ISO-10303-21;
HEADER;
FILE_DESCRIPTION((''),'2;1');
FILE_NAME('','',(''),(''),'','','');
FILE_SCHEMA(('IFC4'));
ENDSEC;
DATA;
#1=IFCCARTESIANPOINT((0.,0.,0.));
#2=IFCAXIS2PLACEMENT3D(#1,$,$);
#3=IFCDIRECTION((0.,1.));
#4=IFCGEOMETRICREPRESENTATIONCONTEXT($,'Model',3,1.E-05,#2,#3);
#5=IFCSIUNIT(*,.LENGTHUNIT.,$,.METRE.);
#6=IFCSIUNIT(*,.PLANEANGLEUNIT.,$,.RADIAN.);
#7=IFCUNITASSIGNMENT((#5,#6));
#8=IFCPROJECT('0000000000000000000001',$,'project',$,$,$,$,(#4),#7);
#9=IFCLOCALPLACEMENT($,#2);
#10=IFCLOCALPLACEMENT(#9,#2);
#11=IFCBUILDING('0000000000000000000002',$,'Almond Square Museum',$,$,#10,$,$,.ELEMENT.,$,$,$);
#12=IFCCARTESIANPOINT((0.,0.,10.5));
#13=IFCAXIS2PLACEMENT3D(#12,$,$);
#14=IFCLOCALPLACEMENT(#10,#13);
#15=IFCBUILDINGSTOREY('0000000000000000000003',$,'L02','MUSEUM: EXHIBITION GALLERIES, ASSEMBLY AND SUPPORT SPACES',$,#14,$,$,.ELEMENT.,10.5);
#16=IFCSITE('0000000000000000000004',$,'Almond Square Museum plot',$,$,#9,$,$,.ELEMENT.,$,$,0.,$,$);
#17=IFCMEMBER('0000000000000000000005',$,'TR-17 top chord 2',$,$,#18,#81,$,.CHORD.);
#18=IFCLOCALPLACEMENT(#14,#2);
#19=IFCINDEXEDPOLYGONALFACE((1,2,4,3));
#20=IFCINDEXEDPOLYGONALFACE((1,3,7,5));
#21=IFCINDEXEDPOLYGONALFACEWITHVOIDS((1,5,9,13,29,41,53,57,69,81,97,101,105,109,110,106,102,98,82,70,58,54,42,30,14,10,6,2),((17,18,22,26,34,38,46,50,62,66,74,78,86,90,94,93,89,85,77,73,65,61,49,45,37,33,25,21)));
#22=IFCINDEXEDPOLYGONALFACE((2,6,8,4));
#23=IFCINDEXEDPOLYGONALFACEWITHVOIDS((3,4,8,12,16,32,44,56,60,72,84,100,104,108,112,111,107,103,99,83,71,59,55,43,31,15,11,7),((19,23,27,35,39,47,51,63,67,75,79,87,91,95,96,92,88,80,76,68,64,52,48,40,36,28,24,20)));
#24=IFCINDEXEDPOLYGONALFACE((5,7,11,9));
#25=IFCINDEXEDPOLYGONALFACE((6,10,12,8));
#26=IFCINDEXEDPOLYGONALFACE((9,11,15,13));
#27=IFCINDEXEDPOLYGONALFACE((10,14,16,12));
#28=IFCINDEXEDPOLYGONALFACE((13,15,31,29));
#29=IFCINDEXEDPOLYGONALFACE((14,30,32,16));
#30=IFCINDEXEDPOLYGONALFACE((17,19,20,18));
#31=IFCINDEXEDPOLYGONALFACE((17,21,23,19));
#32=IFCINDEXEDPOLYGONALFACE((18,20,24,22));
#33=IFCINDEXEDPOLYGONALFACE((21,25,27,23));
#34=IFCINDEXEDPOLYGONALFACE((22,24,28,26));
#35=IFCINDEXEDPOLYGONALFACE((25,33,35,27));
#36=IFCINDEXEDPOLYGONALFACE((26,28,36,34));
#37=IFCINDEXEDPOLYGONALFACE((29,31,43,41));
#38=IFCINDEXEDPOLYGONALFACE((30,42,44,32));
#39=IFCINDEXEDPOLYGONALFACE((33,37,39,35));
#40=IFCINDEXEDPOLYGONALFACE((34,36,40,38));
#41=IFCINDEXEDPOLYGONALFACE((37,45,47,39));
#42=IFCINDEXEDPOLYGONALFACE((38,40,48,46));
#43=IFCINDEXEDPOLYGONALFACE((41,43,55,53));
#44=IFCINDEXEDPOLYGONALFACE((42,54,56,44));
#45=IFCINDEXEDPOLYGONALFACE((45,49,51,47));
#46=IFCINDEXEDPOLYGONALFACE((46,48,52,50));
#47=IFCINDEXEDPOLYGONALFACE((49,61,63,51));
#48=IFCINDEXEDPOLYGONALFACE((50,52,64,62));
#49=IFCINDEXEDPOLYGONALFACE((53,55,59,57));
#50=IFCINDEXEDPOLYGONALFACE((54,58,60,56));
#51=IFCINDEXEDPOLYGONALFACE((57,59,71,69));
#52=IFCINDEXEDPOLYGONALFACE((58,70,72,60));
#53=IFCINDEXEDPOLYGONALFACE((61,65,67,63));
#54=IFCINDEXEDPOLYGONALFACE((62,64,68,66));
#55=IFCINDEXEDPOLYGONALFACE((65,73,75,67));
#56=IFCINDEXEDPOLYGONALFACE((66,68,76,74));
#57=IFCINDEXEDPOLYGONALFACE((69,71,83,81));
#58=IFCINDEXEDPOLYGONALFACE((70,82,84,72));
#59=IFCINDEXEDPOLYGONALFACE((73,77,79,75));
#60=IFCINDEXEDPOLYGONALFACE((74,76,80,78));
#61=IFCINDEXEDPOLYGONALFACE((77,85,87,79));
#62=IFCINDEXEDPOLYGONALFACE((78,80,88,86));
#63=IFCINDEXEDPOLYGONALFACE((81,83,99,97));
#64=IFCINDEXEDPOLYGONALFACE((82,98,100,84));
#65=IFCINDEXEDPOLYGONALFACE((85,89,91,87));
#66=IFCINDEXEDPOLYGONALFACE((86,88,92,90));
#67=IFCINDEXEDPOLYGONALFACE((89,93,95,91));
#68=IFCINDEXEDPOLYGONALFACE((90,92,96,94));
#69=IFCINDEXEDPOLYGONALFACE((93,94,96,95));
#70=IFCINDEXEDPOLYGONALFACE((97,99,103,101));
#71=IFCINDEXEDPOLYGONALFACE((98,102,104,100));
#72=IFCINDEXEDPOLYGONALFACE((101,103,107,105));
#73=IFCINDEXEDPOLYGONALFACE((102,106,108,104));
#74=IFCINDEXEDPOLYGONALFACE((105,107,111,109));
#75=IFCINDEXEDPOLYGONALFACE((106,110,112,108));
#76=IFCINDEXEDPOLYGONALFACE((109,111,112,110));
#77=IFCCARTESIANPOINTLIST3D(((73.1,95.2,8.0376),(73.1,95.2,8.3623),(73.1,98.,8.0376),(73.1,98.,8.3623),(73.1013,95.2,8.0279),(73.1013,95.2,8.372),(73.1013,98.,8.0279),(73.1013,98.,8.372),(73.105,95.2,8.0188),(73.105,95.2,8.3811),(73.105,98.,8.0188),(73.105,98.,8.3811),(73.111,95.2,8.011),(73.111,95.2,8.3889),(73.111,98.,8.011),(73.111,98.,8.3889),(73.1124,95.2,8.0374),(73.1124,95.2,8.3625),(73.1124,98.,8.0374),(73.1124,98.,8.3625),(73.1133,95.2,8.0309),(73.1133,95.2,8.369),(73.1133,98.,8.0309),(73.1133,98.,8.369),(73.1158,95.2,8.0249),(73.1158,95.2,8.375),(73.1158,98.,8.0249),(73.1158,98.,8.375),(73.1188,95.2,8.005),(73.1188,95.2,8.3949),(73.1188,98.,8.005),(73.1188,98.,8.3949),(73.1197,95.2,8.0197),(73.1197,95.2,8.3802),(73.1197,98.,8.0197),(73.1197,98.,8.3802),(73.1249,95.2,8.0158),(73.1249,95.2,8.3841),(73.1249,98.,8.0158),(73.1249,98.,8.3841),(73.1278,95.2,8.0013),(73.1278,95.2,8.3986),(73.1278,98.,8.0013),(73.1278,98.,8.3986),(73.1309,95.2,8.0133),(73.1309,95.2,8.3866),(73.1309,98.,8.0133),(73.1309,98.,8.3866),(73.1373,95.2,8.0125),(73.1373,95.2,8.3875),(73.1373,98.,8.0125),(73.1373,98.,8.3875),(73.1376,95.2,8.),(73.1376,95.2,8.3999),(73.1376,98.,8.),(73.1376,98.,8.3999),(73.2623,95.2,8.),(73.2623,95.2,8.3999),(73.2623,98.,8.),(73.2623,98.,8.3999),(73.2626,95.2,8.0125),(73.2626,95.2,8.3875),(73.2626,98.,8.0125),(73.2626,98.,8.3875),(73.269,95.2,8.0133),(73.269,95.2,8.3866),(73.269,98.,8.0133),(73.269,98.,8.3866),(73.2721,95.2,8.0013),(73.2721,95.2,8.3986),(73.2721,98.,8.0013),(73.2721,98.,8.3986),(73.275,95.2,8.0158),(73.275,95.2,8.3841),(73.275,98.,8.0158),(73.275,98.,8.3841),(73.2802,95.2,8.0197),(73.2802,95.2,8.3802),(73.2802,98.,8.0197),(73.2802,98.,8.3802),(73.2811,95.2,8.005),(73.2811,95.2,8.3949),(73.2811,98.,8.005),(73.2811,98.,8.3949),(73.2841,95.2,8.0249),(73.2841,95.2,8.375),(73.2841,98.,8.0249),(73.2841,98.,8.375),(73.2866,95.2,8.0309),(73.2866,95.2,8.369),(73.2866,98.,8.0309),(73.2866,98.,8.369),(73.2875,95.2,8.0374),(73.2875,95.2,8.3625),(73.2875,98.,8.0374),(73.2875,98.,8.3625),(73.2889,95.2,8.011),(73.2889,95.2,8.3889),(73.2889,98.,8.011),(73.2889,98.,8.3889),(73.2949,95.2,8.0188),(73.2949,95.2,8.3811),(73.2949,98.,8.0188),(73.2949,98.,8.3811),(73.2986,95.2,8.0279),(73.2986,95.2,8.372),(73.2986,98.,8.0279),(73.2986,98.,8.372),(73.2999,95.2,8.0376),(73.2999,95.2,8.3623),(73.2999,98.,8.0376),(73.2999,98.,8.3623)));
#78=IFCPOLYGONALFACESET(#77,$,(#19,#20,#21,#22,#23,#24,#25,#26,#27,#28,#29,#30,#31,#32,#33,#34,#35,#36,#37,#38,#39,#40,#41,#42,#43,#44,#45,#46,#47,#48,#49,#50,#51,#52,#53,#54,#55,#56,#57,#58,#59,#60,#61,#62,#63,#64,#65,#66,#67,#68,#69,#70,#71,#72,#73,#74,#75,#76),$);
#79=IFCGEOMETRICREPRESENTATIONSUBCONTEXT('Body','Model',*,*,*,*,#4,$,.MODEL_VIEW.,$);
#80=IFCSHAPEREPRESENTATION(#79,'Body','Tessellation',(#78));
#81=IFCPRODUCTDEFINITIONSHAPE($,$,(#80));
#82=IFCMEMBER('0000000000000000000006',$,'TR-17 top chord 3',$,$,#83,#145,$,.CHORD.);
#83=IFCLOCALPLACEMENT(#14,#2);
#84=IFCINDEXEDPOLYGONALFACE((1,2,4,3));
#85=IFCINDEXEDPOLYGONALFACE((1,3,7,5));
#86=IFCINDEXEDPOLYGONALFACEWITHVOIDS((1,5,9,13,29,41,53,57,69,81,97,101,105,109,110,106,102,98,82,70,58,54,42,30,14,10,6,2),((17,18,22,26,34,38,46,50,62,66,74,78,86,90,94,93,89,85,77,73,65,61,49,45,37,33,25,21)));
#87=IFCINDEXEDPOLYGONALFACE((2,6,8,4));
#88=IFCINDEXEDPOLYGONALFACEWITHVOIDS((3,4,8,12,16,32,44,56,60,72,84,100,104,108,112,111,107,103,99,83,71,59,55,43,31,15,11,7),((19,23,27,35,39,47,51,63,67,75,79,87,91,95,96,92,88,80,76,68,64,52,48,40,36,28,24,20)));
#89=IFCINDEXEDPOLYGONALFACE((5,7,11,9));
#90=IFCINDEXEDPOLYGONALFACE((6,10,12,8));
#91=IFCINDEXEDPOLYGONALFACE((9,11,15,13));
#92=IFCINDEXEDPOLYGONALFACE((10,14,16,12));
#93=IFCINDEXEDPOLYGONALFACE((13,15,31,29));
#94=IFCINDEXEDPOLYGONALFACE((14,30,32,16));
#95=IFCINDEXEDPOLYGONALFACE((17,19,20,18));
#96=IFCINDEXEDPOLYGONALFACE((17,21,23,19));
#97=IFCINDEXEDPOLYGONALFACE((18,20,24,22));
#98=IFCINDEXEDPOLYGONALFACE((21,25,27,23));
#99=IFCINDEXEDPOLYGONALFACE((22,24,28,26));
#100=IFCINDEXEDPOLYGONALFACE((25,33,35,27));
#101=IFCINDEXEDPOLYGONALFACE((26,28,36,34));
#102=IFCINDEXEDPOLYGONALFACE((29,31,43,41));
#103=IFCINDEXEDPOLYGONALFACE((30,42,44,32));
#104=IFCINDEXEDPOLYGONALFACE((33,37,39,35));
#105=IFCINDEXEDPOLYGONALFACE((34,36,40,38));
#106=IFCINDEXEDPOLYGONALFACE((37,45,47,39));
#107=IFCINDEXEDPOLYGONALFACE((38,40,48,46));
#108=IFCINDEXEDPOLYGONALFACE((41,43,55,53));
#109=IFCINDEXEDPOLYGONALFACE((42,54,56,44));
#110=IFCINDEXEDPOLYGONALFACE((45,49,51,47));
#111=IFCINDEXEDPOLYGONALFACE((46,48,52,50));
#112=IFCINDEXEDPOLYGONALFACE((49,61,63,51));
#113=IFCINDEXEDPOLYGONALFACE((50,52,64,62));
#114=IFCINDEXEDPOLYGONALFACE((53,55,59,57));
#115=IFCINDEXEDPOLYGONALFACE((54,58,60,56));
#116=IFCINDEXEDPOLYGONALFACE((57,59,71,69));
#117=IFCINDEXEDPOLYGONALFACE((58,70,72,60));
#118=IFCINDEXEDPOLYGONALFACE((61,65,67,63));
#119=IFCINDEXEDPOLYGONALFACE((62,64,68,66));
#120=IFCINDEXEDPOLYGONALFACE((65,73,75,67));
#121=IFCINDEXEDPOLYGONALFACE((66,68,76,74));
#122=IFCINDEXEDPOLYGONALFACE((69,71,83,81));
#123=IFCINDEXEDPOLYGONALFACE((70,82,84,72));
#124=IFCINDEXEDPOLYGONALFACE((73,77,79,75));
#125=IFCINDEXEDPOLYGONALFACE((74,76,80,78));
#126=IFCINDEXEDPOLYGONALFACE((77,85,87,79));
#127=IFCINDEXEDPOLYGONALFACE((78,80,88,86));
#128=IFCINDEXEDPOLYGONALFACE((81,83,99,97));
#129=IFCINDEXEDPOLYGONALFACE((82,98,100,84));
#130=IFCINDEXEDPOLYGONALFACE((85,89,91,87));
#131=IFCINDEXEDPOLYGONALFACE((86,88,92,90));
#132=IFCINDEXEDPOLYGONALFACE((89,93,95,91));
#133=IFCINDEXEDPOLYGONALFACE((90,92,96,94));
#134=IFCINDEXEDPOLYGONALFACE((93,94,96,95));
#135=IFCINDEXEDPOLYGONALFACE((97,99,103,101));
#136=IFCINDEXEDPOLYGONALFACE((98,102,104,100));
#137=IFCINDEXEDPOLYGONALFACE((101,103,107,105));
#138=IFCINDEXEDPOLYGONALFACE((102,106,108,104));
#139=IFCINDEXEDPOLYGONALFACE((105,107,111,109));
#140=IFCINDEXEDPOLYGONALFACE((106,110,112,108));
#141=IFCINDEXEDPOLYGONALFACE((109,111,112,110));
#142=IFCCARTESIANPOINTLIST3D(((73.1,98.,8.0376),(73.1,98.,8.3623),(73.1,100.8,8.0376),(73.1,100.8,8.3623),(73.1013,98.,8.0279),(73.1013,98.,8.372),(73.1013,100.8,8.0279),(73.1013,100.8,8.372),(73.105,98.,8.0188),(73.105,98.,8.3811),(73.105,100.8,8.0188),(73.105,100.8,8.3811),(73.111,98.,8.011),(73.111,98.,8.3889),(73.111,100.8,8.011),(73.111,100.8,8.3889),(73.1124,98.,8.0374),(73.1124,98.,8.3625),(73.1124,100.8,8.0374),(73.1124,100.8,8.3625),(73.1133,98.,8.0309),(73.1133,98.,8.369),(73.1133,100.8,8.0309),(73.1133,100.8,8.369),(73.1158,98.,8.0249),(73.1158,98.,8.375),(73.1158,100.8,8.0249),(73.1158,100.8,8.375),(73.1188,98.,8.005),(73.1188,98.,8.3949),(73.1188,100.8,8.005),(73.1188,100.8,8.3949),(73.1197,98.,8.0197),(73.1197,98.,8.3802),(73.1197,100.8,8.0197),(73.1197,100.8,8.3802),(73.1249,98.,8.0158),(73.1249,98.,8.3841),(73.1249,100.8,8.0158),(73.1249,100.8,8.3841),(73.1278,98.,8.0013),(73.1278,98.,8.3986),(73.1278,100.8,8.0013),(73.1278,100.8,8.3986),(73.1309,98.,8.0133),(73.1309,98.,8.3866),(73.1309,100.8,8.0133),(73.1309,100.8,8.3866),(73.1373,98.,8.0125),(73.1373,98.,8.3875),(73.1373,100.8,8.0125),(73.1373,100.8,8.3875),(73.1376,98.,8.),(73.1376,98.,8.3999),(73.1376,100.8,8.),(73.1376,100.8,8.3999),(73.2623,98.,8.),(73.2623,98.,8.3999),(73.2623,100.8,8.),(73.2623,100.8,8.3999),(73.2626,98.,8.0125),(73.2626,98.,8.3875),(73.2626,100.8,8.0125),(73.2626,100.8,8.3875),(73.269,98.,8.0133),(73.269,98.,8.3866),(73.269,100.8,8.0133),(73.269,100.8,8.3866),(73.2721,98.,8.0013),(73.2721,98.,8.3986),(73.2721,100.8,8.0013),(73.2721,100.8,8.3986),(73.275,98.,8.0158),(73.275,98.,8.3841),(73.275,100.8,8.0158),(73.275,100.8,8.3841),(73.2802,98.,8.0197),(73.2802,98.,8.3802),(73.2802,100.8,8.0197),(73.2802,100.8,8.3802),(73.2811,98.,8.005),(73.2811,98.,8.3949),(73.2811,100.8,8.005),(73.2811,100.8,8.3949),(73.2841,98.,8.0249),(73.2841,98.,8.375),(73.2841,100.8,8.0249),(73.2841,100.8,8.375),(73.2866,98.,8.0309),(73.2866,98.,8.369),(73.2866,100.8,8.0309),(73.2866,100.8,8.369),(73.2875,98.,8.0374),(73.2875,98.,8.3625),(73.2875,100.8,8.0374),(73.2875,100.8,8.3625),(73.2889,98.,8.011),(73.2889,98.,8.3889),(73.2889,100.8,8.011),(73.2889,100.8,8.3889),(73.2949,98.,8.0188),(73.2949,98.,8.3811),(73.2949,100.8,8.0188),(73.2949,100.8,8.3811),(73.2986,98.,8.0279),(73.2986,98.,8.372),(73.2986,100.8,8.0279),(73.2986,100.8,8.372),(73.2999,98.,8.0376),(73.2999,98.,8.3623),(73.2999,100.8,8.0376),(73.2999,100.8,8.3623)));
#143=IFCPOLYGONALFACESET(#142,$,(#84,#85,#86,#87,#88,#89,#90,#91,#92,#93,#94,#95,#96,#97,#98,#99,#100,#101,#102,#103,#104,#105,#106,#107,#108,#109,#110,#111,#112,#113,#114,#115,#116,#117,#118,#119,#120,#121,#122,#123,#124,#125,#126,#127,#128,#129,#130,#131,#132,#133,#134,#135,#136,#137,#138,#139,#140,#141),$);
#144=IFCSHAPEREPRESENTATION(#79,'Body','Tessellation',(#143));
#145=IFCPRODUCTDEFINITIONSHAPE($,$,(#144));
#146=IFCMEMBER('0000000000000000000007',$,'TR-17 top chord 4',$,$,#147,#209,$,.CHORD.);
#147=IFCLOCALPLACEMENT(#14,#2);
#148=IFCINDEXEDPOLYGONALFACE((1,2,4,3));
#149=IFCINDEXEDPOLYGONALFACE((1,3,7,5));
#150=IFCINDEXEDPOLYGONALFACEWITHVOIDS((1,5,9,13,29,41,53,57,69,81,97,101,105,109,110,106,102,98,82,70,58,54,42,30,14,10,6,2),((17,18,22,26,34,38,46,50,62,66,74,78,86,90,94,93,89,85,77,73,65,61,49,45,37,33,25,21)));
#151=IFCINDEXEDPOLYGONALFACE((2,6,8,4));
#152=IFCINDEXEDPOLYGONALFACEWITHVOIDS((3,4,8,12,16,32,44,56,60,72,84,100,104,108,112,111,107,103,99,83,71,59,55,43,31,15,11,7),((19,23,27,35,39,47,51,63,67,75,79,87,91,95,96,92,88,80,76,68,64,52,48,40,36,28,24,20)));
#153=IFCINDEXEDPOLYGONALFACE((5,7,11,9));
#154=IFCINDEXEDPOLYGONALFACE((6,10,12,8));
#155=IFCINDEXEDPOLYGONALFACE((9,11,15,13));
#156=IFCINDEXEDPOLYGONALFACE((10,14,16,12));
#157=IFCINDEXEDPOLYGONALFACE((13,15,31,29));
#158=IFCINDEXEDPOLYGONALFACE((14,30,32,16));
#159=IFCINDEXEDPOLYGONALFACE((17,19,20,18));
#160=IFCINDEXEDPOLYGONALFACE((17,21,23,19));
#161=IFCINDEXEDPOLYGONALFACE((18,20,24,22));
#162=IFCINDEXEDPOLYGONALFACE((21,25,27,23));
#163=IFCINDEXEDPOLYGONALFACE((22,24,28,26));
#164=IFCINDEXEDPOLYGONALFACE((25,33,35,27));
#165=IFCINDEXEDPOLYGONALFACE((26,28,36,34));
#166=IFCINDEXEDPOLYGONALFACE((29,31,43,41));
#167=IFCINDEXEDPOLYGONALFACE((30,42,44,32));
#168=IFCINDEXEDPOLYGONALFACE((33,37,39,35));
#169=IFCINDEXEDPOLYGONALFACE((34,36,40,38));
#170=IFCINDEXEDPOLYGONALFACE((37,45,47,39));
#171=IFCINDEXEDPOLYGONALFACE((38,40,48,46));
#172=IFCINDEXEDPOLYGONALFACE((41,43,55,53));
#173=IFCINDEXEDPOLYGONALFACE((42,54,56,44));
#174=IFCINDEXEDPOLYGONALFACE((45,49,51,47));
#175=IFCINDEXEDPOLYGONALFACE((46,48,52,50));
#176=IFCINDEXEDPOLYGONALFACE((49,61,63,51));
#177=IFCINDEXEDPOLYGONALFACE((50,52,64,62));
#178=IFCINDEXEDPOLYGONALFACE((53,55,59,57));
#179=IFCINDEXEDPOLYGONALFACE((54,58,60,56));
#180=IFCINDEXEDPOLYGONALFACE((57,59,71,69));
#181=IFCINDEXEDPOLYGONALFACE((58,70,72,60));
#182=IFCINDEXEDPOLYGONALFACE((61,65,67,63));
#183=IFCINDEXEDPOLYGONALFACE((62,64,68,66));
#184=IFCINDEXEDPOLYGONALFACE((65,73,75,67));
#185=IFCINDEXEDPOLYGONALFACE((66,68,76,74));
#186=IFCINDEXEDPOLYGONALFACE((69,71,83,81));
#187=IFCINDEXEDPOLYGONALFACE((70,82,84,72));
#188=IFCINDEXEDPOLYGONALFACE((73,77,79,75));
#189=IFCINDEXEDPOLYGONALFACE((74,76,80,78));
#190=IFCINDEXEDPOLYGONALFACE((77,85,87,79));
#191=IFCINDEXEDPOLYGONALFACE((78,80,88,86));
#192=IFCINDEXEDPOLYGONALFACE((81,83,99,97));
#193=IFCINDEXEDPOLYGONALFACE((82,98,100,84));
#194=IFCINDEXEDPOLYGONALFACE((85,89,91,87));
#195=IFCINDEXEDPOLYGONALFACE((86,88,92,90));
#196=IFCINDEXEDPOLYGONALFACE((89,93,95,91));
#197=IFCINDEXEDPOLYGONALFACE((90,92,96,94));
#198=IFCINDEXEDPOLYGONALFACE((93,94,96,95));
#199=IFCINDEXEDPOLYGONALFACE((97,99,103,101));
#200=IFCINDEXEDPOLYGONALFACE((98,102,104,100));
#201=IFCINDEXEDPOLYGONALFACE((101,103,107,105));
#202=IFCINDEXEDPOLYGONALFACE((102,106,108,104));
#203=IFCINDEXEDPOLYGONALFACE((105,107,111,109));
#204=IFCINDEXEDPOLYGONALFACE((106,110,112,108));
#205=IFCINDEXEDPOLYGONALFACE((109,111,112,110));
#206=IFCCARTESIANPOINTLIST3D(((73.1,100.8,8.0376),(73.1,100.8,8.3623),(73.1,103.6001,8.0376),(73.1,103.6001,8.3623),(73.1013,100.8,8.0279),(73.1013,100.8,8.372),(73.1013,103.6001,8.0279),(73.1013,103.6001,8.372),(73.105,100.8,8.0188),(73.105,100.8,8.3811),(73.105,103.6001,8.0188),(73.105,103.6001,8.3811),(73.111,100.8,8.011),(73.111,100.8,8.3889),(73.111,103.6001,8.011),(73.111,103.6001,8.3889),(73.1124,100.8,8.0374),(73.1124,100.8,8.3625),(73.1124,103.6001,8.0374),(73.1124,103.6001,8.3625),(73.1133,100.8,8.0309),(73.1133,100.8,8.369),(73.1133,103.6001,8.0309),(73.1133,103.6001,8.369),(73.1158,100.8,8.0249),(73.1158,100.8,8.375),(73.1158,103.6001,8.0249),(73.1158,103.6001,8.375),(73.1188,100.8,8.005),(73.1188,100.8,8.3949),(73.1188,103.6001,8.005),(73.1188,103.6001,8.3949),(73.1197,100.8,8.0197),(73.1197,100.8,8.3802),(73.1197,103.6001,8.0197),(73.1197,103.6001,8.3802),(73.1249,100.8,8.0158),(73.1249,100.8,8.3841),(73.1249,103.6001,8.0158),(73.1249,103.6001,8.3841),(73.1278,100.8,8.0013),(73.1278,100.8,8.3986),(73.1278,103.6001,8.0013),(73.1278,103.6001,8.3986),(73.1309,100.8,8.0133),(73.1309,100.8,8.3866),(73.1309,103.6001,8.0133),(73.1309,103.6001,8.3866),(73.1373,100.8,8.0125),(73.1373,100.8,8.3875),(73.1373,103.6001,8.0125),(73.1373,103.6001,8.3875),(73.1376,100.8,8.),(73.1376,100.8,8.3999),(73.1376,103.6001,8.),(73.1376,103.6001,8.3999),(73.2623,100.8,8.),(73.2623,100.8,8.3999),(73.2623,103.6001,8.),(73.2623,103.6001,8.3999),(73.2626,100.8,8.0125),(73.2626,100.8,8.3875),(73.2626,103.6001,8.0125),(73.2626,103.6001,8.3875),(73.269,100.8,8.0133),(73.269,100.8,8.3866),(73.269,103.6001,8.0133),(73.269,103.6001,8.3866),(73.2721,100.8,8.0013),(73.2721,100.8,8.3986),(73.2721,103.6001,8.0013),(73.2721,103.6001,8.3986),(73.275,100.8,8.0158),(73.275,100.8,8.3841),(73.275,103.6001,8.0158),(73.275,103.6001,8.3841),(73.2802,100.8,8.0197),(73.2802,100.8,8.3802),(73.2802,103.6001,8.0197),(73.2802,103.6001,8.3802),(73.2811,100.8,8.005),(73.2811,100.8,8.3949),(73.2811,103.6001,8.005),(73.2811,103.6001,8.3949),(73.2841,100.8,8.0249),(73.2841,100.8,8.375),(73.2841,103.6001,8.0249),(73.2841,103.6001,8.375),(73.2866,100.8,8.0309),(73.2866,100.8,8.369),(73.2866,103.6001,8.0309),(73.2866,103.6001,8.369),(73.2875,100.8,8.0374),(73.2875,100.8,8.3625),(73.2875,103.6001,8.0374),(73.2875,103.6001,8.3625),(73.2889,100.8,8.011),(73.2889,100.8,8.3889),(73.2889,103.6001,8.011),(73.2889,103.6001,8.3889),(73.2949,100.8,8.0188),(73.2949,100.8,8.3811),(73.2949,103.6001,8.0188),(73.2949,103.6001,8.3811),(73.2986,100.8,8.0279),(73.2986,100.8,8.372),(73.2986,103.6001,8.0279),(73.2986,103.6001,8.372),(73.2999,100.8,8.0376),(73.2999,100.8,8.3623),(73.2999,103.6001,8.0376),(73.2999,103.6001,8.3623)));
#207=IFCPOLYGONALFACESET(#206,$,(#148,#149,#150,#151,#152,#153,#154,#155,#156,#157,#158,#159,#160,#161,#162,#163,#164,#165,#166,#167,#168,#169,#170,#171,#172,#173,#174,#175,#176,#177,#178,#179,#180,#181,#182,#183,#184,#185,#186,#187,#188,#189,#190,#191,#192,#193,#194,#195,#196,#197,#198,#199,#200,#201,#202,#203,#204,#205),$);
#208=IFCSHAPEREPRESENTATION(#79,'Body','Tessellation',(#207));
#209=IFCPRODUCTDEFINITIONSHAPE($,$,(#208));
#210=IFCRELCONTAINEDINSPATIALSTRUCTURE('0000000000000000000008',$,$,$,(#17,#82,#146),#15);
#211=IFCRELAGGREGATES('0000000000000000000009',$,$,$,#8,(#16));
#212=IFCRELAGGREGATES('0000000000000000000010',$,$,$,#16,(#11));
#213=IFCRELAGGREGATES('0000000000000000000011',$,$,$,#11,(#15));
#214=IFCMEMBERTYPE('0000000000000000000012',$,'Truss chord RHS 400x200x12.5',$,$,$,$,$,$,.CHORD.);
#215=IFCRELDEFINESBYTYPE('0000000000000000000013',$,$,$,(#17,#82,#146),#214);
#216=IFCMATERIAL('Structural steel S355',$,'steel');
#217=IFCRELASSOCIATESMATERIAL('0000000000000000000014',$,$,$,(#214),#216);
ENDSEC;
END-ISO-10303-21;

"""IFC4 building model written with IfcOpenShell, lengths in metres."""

from ifc_helpers import new_model, si_unit, direction, frame, origin, origin_2d, place, context, subcontext, project, spatial, hollow_rectangle, extrude, material, material_profile, profile_set, type_object, element, save


model = new_model("IFC4")

# Units and contexts
model_context = context("Model", 3, precision=1e-05, world=origin(), true_north=direction((0.0, 1.0)))
body_context = subcontext(model_context, "Body", "Model", "MODEL_VIEW")
ifc_project = project(units=[si_unit("LENGTHUNIT", "METRE"), si_unit("PLANEANGLEUNIT", "RADIAN")], contexts=[model_context])

# Site, building, storey
site_placement = place(None, origin())
site = spatial("IfcSite", under=ifc_project, at=site_placement, Name="Almond Square Museum plot", CompositionType="ELEMENT", RefElevation=0.0)
building_placement = place(site_placement, origin())
building = spatial("IfcBuilding", under=site, at=building_placement, Name="Almond Square Museum", CompositionType="ELEMENT")
storey_placement = place(building_placement, frame((0.0, 0.0, 10.5)))
storey = spatial("IfcBuildingStorey", under=building, at=storey_placement, Name="L02", Description="MUSEUM: EXHIBITION GALLERIES, ASSEMBLY AND SUPPORT SPACES", CompositionType="ELEMENT", Elevation=10.5)

# Members
ifc_material_1 = material(Name="Structural steel S355", Category="steel")
ifc_material_profile_1 = material_profile(ifc_material_1, hollow_rectangle(XDim=0.2, YDim=0.3999, WallThickness=0.0125, InnerFilletRadius=0.0249, OuterFilletRadius=0.0376, at=origin_2d()))
ifc_profile_set_1 = profile_set([ifc_material_profile_1], Name="Structural steel S355")
member_type_1 = type_object("IfcMemberType", Name="Truss chord RHS 400x200x12.5", PredefinedType="CHORD", material=ifc_profile_set_1)
for number, where, z_axis, x_axis, name in (
    (1, (73.2, 95.2, 8.2), (0.0, 1.0, 0.0), (-1.0, 0.0, 0.0), "TR-17 top chord 2"),
    (2, (73.2, 98.0, 8.2), (0.0, 1.0, 0.0), (-1.0, 0.0, 0.0), "TR-17 top chord 3"),
    (3, (73.2, 100.8, 8.2), (0.0, 1.0, 0.0), (-1.0, 0.0, 0.0), "TR-17 top chord 4"),
):
    element("IfcMember", number, at=place(storey_placement, frame(where, z_axis=z_axis, x_axis=x_axis)), inside=storey, type_object=member_type_1, Name=name, PredefinedType="CHORD", context=body_context, shape_type="SweptSolid", body=[
        extrude(hollow_rectangle(XDim=0.2, YDim=0.3999, WallThickness=0.0125, InnerFilletRadius=0.0249, OuterFilletRadius=0.0376, at=origin_2d()), origin(), (0.0, 0.0, 1.0), 2.8),
    ])

save(model, "model.ifc")
